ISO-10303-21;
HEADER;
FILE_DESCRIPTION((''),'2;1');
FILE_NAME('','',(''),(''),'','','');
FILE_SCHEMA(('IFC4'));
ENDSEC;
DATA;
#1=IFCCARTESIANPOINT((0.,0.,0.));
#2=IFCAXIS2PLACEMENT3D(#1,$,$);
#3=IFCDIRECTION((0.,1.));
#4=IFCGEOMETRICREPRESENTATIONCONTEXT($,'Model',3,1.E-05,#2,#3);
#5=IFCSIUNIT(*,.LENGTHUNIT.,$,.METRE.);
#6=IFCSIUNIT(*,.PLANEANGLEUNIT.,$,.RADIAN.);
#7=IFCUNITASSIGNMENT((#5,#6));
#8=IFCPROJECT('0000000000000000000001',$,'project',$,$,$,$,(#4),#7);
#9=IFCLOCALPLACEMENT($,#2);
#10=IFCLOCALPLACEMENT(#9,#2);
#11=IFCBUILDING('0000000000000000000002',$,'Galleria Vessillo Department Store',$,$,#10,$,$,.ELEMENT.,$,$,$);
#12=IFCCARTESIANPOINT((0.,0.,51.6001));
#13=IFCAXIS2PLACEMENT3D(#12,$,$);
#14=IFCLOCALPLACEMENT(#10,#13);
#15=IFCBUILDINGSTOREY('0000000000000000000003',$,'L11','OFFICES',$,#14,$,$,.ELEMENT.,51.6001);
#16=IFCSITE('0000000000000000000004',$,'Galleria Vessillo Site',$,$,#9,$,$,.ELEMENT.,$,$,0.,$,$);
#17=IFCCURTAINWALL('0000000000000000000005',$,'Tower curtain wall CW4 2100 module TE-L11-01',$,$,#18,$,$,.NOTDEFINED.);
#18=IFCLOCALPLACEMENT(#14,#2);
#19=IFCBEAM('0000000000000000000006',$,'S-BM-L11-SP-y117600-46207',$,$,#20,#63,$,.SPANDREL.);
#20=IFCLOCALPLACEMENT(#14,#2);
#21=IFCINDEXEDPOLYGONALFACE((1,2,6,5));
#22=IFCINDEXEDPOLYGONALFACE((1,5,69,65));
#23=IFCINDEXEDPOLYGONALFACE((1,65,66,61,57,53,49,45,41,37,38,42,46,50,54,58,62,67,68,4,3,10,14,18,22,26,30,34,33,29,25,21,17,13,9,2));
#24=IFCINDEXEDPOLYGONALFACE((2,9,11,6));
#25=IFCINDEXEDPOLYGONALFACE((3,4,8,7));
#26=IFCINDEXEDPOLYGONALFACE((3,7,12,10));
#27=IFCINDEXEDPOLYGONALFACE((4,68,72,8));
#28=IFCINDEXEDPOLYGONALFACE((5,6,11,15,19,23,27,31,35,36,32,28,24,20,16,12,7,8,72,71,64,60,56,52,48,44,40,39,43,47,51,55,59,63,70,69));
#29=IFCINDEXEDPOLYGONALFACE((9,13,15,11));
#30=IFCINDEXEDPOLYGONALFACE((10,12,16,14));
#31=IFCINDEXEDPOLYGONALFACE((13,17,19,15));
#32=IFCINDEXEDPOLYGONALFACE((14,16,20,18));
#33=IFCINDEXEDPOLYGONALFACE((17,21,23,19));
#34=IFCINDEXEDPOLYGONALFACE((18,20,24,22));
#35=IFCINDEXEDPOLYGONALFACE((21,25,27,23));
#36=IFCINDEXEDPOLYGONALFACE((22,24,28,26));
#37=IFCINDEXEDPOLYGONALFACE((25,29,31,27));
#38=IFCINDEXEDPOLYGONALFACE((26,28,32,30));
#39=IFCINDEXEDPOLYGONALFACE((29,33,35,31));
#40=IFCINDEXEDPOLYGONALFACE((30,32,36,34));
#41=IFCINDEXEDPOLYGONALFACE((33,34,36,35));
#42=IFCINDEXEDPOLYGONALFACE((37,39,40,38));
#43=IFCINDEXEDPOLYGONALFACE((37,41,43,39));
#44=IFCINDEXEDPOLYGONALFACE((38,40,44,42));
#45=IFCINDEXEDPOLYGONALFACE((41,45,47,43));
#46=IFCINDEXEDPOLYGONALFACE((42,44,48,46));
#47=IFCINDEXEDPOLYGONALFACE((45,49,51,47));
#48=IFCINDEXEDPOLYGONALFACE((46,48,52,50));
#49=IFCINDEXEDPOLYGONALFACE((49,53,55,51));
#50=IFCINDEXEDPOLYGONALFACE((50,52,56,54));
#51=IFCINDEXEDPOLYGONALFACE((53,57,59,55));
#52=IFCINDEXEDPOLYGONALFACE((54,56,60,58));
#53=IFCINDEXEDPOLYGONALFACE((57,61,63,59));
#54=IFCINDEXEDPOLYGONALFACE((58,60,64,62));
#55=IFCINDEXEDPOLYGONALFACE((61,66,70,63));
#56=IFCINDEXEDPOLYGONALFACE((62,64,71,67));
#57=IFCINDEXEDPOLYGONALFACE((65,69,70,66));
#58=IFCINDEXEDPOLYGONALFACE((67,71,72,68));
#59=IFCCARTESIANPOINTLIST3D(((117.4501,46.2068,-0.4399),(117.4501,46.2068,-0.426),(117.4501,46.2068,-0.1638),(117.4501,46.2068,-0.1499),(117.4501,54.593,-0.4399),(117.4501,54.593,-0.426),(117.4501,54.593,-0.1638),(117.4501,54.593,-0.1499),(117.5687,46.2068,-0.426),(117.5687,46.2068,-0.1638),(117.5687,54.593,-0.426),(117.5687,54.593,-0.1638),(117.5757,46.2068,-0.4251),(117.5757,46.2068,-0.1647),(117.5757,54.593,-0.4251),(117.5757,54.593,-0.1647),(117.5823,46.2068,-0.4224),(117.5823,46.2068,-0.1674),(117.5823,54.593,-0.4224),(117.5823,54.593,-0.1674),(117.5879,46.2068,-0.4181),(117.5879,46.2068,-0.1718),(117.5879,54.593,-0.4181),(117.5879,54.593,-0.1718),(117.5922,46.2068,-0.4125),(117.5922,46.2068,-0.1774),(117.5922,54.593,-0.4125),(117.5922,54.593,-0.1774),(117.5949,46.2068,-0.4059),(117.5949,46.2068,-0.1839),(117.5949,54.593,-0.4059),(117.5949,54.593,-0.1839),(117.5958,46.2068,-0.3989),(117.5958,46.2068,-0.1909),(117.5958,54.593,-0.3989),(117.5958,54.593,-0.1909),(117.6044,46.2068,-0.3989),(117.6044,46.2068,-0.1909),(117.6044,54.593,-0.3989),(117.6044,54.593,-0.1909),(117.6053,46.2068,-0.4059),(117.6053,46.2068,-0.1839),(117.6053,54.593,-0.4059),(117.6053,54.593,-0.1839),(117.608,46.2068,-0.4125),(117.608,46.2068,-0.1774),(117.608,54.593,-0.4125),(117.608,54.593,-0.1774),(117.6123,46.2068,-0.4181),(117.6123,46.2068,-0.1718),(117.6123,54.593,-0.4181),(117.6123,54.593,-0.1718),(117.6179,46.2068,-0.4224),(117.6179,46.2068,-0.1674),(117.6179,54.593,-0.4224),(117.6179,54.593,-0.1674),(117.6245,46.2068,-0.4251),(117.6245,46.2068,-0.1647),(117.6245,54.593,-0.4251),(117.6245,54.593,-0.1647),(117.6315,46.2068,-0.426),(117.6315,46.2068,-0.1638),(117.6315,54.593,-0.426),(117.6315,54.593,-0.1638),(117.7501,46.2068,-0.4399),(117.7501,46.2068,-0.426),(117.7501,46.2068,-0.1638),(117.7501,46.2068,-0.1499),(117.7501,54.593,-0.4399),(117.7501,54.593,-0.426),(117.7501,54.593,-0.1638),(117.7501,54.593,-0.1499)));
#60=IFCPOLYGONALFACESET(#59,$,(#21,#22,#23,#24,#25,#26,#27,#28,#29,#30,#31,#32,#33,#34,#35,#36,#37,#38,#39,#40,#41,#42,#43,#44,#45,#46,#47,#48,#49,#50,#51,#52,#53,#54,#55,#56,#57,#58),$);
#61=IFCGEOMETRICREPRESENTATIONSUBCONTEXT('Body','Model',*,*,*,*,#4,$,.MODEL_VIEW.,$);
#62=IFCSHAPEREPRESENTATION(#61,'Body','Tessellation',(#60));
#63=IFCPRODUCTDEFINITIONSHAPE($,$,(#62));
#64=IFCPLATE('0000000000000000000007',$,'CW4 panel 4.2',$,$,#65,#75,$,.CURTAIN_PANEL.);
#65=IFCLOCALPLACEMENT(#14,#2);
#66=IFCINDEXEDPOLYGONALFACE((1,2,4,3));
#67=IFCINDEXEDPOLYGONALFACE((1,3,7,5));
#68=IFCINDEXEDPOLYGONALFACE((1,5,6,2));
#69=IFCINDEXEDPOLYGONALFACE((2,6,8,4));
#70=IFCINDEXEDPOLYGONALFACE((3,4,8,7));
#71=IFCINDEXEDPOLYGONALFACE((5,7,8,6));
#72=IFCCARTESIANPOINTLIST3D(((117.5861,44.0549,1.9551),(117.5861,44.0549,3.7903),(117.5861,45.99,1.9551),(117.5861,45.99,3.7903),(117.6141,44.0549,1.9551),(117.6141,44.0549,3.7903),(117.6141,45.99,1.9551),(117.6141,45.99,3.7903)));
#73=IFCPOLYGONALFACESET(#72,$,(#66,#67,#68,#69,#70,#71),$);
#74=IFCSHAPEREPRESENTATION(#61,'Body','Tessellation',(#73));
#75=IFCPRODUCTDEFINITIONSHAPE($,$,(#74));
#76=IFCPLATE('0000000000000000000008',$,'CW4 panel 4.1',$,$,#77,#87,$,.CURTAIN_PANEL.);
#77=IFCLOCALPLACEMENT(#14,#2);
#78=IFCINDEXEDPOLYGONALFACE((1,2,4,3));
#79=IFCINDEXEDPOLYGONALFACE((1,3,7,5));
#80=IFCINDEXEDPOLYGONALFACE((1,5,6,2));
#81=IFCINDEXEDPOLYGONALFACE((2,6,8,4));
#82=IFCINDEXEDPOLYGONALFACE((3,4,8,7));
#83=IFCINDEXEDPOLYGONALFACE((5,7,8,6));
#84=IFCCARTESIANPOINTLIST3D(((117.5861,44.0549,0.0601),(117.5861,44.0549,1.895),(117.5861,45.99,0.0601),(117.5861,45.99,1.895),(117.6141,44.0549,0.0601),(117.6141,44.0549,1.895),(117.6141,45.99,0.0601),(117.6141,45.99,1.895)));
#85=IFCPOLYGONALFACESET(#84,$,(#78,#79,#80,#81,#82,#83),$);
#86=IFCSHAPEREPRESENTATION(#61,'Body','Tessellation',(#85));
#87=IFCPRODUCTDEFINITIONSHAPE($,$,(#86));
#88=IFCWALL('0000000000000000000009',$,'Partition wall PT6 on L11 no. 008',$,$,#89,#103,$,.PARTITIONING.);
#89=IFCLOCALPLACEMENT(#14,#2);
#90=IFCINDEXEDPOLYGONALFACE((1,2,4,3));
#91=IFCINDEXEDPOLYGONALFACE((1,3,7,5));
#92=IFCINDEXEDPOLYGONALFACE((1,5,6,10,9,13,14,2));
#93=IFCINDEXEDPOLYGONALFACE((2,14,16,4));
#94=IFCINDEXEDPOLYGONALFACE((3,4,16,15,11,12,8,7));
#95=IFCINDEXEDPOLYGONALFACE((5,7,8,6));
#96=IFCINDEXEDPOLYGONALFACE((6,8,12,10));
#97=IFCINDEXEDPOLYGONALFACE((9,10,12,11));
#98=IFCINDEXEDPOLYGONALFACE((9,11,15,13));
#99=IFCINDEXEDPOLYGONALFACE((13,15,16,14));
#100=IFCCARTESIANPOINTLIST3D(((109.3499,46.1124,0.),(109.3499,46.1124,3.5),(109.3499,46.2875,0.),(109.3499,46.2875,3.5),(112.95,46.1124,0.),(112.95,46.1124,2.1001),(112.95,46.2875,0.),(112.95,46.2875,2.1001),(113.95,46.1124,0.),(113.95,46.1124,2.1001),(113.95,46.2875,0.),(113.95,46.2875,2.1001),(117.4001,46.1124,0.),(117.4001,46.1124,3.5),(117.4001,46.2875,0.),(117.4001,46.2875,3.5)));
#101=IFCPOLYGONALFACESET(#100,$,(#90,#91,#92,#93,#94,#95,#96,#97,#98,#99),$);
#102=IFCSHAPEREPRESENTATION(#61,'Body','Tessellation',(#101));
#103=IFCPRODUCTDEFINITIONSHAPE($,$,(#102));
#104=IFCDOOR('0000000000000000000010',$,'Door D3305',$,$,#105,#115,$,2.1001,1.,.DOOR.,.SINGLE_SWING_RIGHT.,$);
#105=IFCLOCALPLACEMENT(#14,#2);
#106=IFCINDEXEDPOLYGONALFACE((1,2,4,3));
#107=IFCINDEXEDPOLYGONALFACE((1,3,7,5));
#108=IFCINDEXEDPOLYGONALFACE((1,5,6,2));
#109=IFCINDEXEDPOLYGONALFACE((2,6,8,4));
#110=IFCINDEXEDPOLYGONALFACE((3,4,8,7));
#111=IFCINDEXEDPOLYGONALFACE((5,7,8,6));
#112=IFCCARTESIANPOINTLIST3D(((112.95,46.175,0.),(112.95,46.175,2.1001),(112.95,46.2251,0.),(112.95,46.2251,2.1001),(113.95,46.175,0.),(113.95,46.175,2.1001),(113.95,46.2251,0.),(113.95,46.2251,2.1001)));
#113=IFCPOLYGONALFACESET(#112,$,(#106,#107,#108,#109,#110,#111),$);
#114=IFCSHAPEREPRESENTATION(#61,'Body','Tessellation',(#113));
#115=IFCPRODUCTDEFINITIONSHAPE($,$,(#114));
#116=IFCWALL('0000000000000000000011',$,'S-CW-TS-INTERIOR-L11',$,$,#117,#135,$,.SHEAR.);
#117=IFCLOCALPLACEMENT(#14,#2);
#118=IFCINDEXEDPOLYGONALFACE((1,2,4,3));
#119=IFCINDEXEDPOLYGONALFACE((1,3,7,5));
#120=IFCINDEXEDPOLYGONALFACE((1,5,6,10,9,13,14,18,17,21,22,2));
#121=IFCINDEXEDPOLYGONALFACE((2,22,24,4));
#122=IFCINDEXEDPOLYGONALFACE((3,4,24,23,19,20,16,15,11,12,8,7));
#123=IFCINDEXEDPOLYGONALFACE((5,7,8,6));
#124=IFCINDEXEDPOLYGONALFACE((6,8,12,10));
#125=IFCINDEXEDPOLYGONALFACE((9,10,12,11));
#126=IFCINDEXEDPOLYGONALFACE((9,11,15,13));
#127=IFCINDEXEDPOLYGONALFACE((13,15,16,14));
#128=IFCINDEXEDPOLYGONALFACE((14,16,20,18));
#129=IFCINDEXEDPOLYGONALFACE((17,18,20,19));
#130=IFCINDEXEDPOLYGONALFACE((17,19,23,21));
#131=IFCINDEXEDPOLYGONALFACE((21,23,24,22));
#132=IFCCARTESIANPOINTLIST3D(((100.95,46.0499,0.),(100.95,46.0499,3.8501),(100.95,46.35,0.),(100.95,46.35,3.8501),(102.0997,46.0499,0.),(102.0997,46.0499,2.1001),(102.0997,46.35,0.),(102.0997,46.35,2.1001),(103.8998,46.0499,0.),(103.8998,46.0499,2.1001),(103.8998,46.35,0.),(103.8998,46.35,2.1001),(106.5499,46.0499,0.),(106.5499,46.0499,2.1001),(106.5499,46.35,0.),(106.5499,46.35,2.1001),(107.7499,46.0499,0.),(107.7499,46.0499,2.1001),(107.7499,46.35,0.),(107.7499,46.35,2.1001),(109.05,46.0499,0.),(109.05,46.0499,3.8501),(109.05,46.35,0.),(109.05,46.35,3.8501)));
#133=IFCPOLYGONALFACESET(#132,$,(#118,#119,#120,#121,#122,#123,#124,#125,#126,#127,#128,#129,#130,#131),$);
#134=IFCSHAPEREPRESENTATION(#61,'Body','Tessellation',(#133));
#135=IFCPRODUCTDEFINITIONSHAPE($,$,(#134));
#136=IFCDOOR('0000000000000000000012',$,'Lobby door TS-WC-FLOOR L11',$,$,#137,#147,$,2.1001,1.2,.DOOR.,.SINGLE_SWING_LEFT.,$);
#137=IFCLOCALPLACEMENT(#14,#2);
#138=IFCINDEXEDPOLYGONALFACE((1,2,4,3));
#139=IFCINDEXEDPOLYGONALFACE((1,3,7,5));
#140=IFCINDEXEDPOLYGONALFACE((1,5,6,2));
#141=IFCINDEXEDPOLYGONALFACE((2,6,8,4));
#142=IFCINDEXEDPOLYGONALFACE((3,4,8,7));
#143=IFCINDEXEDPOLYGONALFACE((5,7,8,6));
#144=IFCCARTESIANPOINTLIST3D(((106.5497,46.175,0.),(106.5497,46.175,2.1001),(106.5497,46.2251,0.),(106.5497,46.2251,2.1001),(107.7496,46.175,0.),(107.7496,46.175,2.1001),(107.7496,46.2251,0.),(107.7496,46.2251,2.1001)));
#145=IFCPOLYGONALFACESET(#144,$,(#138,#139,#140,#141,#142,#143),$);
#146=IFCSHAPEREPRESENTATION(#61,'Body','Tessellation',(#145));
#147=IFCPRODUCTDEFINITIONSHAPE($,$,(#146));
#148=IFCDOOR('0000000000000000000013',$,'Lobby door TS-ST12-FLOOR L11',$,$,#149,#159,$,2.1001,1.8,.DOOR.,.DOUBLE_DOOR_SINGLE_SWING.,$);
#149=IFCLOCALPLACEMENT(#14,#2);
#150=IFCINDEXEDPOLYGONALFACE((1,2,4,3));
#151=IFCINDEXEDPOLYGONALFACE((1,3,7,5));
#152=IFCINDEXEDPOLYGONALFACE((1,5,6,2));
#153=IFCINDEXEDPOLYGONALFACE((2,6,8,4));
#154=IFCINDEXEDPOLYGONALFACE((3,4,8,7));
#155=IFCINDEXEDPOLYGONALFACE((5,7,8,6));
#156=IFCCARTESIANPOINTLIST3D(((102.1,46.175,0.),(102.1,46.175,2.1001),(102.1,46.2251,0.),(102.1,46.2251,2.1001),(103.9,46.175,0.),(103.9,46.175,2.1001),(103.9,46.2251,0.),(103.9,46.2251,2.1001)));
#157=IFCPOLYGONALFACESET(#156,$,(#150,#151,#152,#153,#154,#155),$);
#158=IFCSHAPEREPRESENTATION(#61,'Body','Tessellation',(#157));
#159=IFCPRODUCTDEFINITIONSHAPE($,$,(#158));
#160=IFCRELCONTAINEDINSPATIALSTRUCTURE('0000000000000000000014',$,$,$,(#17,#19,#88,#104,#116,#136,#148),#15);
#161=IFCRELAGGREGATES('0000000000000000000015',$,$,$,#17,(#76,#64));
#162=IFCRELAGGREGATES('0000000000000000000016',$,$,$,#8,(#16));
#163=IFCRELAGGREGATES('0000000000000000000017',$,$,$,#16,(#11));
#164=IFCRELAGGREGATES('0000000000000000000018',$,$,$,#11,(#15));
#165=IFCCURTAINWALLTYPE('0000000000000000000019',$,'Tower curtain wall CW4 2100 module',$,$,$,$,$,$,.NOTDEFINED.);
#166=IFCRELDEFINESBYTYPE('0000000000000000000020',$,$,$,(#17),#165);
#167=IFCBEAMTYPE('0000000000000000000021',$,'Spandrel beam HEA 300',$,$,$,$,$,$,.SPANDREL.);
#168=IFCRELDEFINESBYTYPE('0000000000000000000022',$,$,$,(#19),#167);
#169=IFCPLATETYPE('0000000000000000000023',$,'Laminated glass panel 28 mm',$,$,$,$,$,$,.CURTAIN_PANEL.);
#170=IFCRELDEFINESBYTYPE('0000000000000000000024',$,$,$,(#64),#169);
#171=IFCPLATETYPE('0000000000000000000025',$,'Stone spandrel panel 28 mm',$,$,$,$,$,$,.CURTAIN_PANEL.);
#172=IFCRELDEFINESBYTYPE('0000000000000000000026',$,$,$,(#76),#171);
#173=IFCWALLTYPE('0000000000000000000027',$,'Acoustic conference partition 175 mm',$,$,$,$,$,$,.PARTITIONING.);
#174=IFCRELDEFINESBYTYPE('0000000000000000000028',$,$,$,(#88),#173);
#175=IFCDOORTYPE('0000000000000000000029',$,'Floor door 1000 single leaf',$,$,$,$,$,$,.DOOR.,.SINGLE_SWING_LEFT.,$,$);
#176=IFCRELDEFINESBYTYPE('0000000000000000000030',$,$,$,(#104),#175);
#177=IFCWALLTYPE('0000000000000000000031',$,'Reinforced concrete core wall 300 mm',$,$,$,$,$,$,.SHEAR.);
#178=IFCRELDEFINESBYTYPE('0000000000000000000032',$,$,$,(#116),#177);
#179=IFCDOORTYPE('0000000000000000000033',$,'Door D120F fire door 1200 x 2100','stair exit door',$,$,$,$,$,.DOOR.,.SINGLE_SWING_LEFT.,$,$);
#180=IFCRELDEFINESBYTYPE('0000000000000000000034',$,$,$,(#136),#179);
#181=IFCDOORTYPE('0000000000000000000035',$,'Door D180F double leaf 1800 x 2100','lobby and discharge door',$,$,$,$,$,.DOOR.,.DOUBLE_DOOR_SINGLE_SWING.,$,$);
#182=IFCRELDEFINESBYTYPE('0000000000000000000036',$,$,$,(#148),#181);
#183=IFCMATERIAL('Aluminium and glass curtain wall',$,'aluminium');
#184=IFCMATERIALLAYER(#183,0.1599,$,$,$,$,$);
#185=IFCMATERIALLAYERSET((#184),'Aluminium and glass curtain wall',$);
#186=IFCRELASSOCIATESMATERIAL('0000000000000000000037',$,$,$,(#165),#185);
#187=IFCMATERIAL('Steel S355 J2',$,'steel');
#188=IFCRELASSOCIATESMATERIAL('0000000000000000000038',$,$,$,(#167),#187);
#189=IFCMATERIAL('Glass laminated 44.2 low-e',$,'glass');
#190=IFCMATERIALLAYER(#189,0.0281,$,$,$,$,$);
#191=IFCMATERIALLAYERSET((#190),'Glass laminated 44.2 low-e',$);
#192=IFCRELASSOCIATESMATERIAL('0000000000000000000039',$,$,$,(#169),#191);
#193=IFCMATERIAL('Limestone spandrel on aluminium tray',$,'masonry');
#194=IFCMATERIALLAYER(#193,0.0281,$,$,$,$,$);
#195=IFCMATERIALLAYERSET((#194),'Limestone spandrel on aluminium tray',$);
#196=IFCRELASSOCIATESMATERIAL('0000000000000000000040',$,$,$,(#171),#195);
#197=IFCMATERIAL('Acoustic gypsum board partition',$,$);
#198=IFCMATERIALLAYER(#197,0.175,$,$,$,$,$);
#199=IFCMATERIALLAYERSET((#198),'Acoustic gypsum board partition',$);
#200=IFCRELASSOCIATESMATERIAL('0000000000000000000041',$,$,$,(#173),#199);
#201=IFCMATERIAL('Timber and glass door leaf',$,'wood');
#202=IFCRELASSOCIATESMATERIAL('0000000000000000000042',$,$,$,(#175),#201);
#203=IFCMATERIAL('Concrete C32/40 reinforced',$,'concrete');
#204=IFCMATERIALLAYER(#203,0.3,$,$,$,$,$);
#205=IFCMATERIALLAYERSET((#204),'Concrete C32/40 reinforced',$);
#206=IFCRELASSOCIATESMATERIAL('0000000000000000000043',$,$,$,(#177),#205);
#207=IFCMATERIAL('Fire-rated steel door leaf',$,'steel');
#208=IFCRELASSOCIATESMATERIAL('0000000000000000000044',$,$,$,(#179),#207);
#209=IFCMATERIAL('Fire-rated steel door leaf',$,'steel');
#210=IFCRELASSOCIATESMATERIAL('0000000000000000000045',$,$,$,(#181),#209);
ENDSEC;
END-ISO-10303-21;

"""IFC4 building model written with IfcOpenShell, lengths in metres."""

from ifc_helpers import new_model, si_unit, direction, frame, frame_2d, origin, origin_2d, place, context, subcontext, project, spatial, rectangle, i_section, extrude, material, layer, layer_set, material_profile, profile_set, type_object, element, fill, aggregate, save


model = new_model("IFC4")

# Units and contexts
model_context = context("Model", 3, precision=1e-05, world=origin(), true_north=direction((0.0, 1.0)))
body_context = subcontext(model_context, "Body", "Model", "MODEL_VIEW")
ifc_project = project(units=[si_unit("LENGTHUNIT", "METRE"), si_unit("PLANEANGLEUNIT", "RADIAN")], contexts=[model_context])

# Site, building, storey
site_placement = place(None, origin())
site = spatial("IfcSite", under=ifc_project, at=site_placement, Name="Galleria Vessillo Site", CompositionType="ELEMENT", RefElevation=0.0)
building_placement = place(site_placement, origin())
building = spatial("IfcBuilding", under=site, at=building_placement, Name="Galleria Vessillo Department Store", CompositionType="ELEMENT")
storey_placement = place(building_placement, frame((0.0, 0.0, 51.6001)))
storey = spatial("IfcBuildingStorey", under=building, at=storey_placement, Name="L11", Description="OFFICES", CompositionType="ELEMENT", Elevation=51.6001)

# Curtain wall
ifc_material_1 = material(Name="Aluminium and glass curtain wall", Category="aluminium")
ifc_layer_1 = layer(ifc_material_1, 0.1599)
ifc_layer_set_1 = layer_set([ifc_layer_1], Name="Aluminium and glass curtain wall")
curtain_wall_type = type_object("IfcCurtainWallType", Name="Tower curtain wall CW4 2100 module", PredefinedType="NOTDEFINED", material=ifc_layer_set_1)
curtain_wall_1_placement = place(storey_placement, origin())
curtain_wall_1 = element("IfcCurtainWall", 1, at=curtain_wall_1_placement, inside=storey, type_object=curtain_wall_type, Name="Tower curtain wall CW4 2100 module TE-L11-01", PredefinedType="NOTDEFINED")

# Beam
ifc_material_2 = material(Name="Steel S355 J2", Category="steel")
ifc_material_profile_1 = material_profile(ifc_material_2, i_section(OverallWidth=0.3, OverallDepth=0.29, WebThickness=0.0085, FlangeThickness=0.0139, FilletRadius=0.0271, at=origin_2d()), Name="HEA 300")
ifc_profile_set_1 = profile_set([ifc_material_profile_1], Name="Steel S355 J2")
beam_type_1 = type_object("IfcBeamType", Name="Spandrel beam HEA 300", PredefinedType="SPANDREL", material=ifc_profile_set_1)
beam_1_placement = place(storey_placement, frame((117.6001, 46.2068, -0.2949), z_axis=(0.0, 1.0, 0.0), x_axis=(-1.0, 0.0, 0.0)))
element("IfcBeam", 2, at=beam_1_placement, inside=storey, type_object=beam_type_1, Name="S-BM-L11-SP-y117600-46207", PredefinedType="SPANDREL", context=body_context, shape_type="SweptSolid", body=[
    extrude(i_section(OverallWidth=0.3, OverallDepth=0.29, WebThickness=0.0085, FlangeThickness=0.0139, FilletRadius=0.0271, at=origin_2d()), origin(), (0.0, 0.0, 1.0), 8.3862),
])

# Plates
ifc_material_3 = material(Name="Glass laminated 44.2 low-e", Category="glass")
ifc_layer_2 = layer(ifc_material_3, 0.0281)
ifc_layer_set_2 = layer_set([ifc_layer_2], Name="Glass laminated 44.2 low-e")
plate_type_1 = type_object("IfcPlateType", Name="Laminated glass panel 28 mm", PredefinedType="CURTAIN_PANEL", material=ifc_layer_set_2)
plate_1_placement = place(storey_placement, frame((117.6001, 45.0225, 1.9551), z_axis=(0.0, 0.0, 1.0), x_axis=(0.0, 1.0, 0.0)))
plate_1 = element("IfcPlate", 3, at=plate_1_placement, type_object=plate_type_1, Name="CW4 panel 4.2", PredefinedType="CURTAIN_PANEL", context=body_context, shape_type="SweptSolid", body=[
    extrude(rectangle(XDim=1.9351, YDim=0.0281, at=origin_2d()), origin(), (0.0, 0.0, 1.0), 1.8352),
])
ifc_material_4 = material(Name="Limestone spandrel on aluminium tray", Category="masonry")
ifc_layer_3 = layer(ifc_material_4, 0.0281)
ifc_layer_set_3 = layer_set([ifc_layer_3], Name="Limestone spandrel on aluminium tray")
plate_type_2 = type_object("IfcPlateType", Name="Stone spandrel panel 28 mm", PredefinedType="CURTAIN_PANEL", material=ifc_layer_set_3)
plate_2_placement = place(storey_placement, frame((117.6001, 45.0225, 0.0601), z_axis=(0.0, 0.0, 1.0), x_axis=(0.0, 1.0, 0.0)))
plate_2 = element("IfcPlate", 4, at=plate_2_placement, type_object=plate_type_2, Name="CW4 panel 4.1", PredefinedType="CURTAIN_PANEL", context=body_context, shape_type="SweptSolid", body=[
    extrude(rectangle(XDim=1.9351, YDim=0.0281, at=origin_2d()), origin(), (0.0, 0.0, 1.0), 1.835),
])
aggregate(curtain_wall_1, [plate_2, plate_1])

# Wall, opening, door
ifc_material_5 = material(Name="Acoustic gypsum board partition")
ifc_layer_4 = layer(ifc_material_5, 0.175)
ifc_layer_set_4 = layer_set([ifc_layer_4], Name="Acoustic gypsum board partition")
wall_type_1 = type_object("IfcWallType", Name="Acoustic conference partition 175 mm", PredefinedType="PARTITIONING", material=ifc_layer_set_4)
wall_1_placement = place(storey_placement, frame((109.3499, 46.2, 0.0), z_axis=(0.0, 0.0, 1.0), x_axis=(1.0, 0.0, 0.0)))
wall_1 = element("IfcWall", 5, at=wall_1_placement, inside=storey, type_object=wall_type_1, Name="Partition wall PT6 on L11 no. 008", PredefinedType="PARTITIONING", context=body_context, shape_type="SweptSolid", body=[
    extrude(rectangle(XDim=8.0503, YDim=0.175, at=frame_2d((4.0251, 0.0))), origin(), (0.0, 0.0, 1.0), 3.5),
])
opening_1_placement = place(wall_1_placement, frame((3.6001, 0.0, 0.0)))
opening_1 = element("IfcOpeningElement", 6, at=opening_1_placement, cuts=wall_1, PredefinedType="OPENING", context=body_context, shape_type="SweptSolid", body=[
    extrude(rectangle(XDim=1.0, YDim=2.1001, at=frame_2d((0.5, 1.05))), frame((0.0, 0.0977, 0.0), z_axis=(0.0, -1.0, 0.0), x_axis=(1.0, 0.0, 0.0)), (0.0, 0.0, 1.0), 0.1951),
])
ifc_material_6 = material(Name="Timber and glass door leaf", Category="wood")
door_type_1 = type_object("IfcDoorType", Name="Floor door 1000 single leaf", OperationType="SINGLE_SWING_LEFT", PredefinedType="DOOR", material=ifc_material_6)
door_1_placement = place(opening_1_placement, frame((1.0, 0.0, 0.0), z_axis=(0.0, 0.0, 1.0), x_axis=(-1.0, 0.0, 0.0)))
door_1 = element("IfcDoor", 7, at=door_1_placement, inside=storey, type_object=door_type_1, Name="Door D3305", OperationType="SINGLE_SWING_RIGHT", OverallHeight=2.1001, OverallWidth=1.0, PredefinedType="DOOR", context=body_context, shape_type="SweptSolid", body=[
    extrude(rectangle(XDim=1.0, YDim=2.1001, at=frame_2d((0.5, 1.05))), frame((0.0, 0.0249, 0.0), z_axis=(0.0, -1.0, 0.0), x_axis=(1.0, 0.0, 0.0)), (0.0, 0.0, 1.0), 0.05),
])
fill(opening_1, door_1)

# Wall, openings, doors
ifc_material_7 = material(Name="Concrete C32/40 reinforced", Category="concrete")
ifc_layer_5 = layer(ifc_material_7, 0.3)
ifc_layer_set_5 = layer_set([ifc_layer_5], Name="Concrete C32/40 reinforced")
wall_type_2 = type_object("IfcWallType", Name="Reinforced concrete core wall 300 mm", PredefinedType="SHEAR", material=ifc_layer_set_5)
wall_2_placement = place(storey_placement, frame((100.95, 46.2, 0.0), z_axis=(0.0, 0.0, 1.0), x_axis=(1.0, 0.0, 0.0)))
wall_2 = element("IfcWall", 8, at=wall_2_placement, inside=storey, type_object=wall_type_2, Name="S-CW-TS-INTERIOR-L11", PredefinedType="SHEAR", context=body_context, shape_type="SweptSolid", body=[
    extrude(rectangle(XDim=8.1001, YDim=0.3, at=frame_2d((4.05, 0.0))), origin(), (0.0, 0.0, 1.0), 3.8501),
])
opening_2_placement = place(wall_2_placement, frame((1.1499, 0.0, 0.0)))
opening_2 = element("IfcOpeningElement", 9, at=opening_2_placement, cuts=wall_2, PredefinedType="OPENING", context=body_context, shape_type="SweptSolid", body=[
    extrude(rectangle(XDim=1.8, YDim=2.1001, at=frame_2d((0.8999, 1.05))), frame((0.0, 0.1602, 0.0), z_axis=(0.0, -1.0, 0.0), x_axis=(1.0, 0.0, 0.0)), (0.0, 0.0, 1.0), 0.3201),
])
opening_3_placement = place(wall_2_placement, frame((5.5999, 0.0, 0.0)))
opening_3 = element("IfcOpeningElement", 10, at=opening_3_placement, cuts=wall_2, PredefinedType="OPENING", context=body_context, shape_type="SweptSolid", body=[
    extrude(rectangle(XDim=1.2, YDim=2.1001, at=frame_2d((0.6001, 1.05))), frame((0.0, 0.1602, 0.0), z_axis=(0.0, -1.0, 0.0), x_axis=(1.0, 0.0, 0.0)), (0.0, 0.0, 1.0), 0.3201),
])
ifc_material_8 = material(Name="Fire-rated steel door leaf", Category="steel")
door_type_2 = type_object("IfcDoorType", Name="Door D120F fire door 1200 x 2100", Description="stair exit door", OperationType="SINGLE_SWING_LEFT", PredefinedType="DOOR", material=ifc_material_8)
door_2_placement = place(opening_3_placement, frame((1.2, 0.0, 0.0), z_axis=(0.0, 0.0, 1.0), x_axis=(-1.0, 0.0, 0.0)))
door_2 = element("IfcDoor", 11, at=door_2_placement, inside=storey, type_object=door_type_2, Name="Lobby door TS-WC-FLOOR L11", OperationType="SINGLE_SWING_LEFT", OverallHeight=2.1001, OverallWidth=1.2, PredefinedType="DOOR", context=body_context, shape_type="SweptSolid", body=[
    extrude(rectangle(XDim=1.2, YDim=2.1001, at=frame_2d((0.6001, 1.05))), frame((0.0, 0.0249, 0.0), z_axis=(0.0, -1.0, 0.0), x_axis=(1.0, 0.0, 0.0)), (0.0, 0.0, 1.0), 0.05),
])
fill(opening_3, door_2)
ifc_material_9 = material(Name="Fire-rated steel door leaf", Category="steel")
door_type_3 = type_object("IfcDoorType", Name="Door D180F double leaf 1800 x 2100", Description="lobby and discharge door", OperationType="DOUBLE_DOOR_SINGLE_SWING", PredefinedType="DOOR", material=ifc_material_9)
door_3_placement = place(opening_2_placement, frame((1.8, 0.0, 0.0), z_axis=(0.0, 0.0, 1.0), x_axis=(-1.0, 0.0, 0.0)))
door_3 = element("IfcDoor", 12, at=door_3_placement, inside=storey, type_object=door_type_3, Name="Lobby door TS-ST12-FLOOR L11", OperationType="DOUBLE_DOOR_SINGLE_SWING", OverallHeight=2.1001, OverallWidth=1.8, PredefinedType="DOOR", context=body_context, shape_type="SweptSolid", body=[
    extrude(rectangle(XDim=1.8, YDim=2.1001, at=frame_2d((0.8999, 1.05))), frame((0.0, 0.0249, 0.0), z_axis=(0.0, -1.0, 0.0), x_axis=(1.0, 0.0, 0.0)), (0.0, 0.0, 1.0), 0.05),
])
fill(opening_2, door_3)

save(model, "model.ifc")
